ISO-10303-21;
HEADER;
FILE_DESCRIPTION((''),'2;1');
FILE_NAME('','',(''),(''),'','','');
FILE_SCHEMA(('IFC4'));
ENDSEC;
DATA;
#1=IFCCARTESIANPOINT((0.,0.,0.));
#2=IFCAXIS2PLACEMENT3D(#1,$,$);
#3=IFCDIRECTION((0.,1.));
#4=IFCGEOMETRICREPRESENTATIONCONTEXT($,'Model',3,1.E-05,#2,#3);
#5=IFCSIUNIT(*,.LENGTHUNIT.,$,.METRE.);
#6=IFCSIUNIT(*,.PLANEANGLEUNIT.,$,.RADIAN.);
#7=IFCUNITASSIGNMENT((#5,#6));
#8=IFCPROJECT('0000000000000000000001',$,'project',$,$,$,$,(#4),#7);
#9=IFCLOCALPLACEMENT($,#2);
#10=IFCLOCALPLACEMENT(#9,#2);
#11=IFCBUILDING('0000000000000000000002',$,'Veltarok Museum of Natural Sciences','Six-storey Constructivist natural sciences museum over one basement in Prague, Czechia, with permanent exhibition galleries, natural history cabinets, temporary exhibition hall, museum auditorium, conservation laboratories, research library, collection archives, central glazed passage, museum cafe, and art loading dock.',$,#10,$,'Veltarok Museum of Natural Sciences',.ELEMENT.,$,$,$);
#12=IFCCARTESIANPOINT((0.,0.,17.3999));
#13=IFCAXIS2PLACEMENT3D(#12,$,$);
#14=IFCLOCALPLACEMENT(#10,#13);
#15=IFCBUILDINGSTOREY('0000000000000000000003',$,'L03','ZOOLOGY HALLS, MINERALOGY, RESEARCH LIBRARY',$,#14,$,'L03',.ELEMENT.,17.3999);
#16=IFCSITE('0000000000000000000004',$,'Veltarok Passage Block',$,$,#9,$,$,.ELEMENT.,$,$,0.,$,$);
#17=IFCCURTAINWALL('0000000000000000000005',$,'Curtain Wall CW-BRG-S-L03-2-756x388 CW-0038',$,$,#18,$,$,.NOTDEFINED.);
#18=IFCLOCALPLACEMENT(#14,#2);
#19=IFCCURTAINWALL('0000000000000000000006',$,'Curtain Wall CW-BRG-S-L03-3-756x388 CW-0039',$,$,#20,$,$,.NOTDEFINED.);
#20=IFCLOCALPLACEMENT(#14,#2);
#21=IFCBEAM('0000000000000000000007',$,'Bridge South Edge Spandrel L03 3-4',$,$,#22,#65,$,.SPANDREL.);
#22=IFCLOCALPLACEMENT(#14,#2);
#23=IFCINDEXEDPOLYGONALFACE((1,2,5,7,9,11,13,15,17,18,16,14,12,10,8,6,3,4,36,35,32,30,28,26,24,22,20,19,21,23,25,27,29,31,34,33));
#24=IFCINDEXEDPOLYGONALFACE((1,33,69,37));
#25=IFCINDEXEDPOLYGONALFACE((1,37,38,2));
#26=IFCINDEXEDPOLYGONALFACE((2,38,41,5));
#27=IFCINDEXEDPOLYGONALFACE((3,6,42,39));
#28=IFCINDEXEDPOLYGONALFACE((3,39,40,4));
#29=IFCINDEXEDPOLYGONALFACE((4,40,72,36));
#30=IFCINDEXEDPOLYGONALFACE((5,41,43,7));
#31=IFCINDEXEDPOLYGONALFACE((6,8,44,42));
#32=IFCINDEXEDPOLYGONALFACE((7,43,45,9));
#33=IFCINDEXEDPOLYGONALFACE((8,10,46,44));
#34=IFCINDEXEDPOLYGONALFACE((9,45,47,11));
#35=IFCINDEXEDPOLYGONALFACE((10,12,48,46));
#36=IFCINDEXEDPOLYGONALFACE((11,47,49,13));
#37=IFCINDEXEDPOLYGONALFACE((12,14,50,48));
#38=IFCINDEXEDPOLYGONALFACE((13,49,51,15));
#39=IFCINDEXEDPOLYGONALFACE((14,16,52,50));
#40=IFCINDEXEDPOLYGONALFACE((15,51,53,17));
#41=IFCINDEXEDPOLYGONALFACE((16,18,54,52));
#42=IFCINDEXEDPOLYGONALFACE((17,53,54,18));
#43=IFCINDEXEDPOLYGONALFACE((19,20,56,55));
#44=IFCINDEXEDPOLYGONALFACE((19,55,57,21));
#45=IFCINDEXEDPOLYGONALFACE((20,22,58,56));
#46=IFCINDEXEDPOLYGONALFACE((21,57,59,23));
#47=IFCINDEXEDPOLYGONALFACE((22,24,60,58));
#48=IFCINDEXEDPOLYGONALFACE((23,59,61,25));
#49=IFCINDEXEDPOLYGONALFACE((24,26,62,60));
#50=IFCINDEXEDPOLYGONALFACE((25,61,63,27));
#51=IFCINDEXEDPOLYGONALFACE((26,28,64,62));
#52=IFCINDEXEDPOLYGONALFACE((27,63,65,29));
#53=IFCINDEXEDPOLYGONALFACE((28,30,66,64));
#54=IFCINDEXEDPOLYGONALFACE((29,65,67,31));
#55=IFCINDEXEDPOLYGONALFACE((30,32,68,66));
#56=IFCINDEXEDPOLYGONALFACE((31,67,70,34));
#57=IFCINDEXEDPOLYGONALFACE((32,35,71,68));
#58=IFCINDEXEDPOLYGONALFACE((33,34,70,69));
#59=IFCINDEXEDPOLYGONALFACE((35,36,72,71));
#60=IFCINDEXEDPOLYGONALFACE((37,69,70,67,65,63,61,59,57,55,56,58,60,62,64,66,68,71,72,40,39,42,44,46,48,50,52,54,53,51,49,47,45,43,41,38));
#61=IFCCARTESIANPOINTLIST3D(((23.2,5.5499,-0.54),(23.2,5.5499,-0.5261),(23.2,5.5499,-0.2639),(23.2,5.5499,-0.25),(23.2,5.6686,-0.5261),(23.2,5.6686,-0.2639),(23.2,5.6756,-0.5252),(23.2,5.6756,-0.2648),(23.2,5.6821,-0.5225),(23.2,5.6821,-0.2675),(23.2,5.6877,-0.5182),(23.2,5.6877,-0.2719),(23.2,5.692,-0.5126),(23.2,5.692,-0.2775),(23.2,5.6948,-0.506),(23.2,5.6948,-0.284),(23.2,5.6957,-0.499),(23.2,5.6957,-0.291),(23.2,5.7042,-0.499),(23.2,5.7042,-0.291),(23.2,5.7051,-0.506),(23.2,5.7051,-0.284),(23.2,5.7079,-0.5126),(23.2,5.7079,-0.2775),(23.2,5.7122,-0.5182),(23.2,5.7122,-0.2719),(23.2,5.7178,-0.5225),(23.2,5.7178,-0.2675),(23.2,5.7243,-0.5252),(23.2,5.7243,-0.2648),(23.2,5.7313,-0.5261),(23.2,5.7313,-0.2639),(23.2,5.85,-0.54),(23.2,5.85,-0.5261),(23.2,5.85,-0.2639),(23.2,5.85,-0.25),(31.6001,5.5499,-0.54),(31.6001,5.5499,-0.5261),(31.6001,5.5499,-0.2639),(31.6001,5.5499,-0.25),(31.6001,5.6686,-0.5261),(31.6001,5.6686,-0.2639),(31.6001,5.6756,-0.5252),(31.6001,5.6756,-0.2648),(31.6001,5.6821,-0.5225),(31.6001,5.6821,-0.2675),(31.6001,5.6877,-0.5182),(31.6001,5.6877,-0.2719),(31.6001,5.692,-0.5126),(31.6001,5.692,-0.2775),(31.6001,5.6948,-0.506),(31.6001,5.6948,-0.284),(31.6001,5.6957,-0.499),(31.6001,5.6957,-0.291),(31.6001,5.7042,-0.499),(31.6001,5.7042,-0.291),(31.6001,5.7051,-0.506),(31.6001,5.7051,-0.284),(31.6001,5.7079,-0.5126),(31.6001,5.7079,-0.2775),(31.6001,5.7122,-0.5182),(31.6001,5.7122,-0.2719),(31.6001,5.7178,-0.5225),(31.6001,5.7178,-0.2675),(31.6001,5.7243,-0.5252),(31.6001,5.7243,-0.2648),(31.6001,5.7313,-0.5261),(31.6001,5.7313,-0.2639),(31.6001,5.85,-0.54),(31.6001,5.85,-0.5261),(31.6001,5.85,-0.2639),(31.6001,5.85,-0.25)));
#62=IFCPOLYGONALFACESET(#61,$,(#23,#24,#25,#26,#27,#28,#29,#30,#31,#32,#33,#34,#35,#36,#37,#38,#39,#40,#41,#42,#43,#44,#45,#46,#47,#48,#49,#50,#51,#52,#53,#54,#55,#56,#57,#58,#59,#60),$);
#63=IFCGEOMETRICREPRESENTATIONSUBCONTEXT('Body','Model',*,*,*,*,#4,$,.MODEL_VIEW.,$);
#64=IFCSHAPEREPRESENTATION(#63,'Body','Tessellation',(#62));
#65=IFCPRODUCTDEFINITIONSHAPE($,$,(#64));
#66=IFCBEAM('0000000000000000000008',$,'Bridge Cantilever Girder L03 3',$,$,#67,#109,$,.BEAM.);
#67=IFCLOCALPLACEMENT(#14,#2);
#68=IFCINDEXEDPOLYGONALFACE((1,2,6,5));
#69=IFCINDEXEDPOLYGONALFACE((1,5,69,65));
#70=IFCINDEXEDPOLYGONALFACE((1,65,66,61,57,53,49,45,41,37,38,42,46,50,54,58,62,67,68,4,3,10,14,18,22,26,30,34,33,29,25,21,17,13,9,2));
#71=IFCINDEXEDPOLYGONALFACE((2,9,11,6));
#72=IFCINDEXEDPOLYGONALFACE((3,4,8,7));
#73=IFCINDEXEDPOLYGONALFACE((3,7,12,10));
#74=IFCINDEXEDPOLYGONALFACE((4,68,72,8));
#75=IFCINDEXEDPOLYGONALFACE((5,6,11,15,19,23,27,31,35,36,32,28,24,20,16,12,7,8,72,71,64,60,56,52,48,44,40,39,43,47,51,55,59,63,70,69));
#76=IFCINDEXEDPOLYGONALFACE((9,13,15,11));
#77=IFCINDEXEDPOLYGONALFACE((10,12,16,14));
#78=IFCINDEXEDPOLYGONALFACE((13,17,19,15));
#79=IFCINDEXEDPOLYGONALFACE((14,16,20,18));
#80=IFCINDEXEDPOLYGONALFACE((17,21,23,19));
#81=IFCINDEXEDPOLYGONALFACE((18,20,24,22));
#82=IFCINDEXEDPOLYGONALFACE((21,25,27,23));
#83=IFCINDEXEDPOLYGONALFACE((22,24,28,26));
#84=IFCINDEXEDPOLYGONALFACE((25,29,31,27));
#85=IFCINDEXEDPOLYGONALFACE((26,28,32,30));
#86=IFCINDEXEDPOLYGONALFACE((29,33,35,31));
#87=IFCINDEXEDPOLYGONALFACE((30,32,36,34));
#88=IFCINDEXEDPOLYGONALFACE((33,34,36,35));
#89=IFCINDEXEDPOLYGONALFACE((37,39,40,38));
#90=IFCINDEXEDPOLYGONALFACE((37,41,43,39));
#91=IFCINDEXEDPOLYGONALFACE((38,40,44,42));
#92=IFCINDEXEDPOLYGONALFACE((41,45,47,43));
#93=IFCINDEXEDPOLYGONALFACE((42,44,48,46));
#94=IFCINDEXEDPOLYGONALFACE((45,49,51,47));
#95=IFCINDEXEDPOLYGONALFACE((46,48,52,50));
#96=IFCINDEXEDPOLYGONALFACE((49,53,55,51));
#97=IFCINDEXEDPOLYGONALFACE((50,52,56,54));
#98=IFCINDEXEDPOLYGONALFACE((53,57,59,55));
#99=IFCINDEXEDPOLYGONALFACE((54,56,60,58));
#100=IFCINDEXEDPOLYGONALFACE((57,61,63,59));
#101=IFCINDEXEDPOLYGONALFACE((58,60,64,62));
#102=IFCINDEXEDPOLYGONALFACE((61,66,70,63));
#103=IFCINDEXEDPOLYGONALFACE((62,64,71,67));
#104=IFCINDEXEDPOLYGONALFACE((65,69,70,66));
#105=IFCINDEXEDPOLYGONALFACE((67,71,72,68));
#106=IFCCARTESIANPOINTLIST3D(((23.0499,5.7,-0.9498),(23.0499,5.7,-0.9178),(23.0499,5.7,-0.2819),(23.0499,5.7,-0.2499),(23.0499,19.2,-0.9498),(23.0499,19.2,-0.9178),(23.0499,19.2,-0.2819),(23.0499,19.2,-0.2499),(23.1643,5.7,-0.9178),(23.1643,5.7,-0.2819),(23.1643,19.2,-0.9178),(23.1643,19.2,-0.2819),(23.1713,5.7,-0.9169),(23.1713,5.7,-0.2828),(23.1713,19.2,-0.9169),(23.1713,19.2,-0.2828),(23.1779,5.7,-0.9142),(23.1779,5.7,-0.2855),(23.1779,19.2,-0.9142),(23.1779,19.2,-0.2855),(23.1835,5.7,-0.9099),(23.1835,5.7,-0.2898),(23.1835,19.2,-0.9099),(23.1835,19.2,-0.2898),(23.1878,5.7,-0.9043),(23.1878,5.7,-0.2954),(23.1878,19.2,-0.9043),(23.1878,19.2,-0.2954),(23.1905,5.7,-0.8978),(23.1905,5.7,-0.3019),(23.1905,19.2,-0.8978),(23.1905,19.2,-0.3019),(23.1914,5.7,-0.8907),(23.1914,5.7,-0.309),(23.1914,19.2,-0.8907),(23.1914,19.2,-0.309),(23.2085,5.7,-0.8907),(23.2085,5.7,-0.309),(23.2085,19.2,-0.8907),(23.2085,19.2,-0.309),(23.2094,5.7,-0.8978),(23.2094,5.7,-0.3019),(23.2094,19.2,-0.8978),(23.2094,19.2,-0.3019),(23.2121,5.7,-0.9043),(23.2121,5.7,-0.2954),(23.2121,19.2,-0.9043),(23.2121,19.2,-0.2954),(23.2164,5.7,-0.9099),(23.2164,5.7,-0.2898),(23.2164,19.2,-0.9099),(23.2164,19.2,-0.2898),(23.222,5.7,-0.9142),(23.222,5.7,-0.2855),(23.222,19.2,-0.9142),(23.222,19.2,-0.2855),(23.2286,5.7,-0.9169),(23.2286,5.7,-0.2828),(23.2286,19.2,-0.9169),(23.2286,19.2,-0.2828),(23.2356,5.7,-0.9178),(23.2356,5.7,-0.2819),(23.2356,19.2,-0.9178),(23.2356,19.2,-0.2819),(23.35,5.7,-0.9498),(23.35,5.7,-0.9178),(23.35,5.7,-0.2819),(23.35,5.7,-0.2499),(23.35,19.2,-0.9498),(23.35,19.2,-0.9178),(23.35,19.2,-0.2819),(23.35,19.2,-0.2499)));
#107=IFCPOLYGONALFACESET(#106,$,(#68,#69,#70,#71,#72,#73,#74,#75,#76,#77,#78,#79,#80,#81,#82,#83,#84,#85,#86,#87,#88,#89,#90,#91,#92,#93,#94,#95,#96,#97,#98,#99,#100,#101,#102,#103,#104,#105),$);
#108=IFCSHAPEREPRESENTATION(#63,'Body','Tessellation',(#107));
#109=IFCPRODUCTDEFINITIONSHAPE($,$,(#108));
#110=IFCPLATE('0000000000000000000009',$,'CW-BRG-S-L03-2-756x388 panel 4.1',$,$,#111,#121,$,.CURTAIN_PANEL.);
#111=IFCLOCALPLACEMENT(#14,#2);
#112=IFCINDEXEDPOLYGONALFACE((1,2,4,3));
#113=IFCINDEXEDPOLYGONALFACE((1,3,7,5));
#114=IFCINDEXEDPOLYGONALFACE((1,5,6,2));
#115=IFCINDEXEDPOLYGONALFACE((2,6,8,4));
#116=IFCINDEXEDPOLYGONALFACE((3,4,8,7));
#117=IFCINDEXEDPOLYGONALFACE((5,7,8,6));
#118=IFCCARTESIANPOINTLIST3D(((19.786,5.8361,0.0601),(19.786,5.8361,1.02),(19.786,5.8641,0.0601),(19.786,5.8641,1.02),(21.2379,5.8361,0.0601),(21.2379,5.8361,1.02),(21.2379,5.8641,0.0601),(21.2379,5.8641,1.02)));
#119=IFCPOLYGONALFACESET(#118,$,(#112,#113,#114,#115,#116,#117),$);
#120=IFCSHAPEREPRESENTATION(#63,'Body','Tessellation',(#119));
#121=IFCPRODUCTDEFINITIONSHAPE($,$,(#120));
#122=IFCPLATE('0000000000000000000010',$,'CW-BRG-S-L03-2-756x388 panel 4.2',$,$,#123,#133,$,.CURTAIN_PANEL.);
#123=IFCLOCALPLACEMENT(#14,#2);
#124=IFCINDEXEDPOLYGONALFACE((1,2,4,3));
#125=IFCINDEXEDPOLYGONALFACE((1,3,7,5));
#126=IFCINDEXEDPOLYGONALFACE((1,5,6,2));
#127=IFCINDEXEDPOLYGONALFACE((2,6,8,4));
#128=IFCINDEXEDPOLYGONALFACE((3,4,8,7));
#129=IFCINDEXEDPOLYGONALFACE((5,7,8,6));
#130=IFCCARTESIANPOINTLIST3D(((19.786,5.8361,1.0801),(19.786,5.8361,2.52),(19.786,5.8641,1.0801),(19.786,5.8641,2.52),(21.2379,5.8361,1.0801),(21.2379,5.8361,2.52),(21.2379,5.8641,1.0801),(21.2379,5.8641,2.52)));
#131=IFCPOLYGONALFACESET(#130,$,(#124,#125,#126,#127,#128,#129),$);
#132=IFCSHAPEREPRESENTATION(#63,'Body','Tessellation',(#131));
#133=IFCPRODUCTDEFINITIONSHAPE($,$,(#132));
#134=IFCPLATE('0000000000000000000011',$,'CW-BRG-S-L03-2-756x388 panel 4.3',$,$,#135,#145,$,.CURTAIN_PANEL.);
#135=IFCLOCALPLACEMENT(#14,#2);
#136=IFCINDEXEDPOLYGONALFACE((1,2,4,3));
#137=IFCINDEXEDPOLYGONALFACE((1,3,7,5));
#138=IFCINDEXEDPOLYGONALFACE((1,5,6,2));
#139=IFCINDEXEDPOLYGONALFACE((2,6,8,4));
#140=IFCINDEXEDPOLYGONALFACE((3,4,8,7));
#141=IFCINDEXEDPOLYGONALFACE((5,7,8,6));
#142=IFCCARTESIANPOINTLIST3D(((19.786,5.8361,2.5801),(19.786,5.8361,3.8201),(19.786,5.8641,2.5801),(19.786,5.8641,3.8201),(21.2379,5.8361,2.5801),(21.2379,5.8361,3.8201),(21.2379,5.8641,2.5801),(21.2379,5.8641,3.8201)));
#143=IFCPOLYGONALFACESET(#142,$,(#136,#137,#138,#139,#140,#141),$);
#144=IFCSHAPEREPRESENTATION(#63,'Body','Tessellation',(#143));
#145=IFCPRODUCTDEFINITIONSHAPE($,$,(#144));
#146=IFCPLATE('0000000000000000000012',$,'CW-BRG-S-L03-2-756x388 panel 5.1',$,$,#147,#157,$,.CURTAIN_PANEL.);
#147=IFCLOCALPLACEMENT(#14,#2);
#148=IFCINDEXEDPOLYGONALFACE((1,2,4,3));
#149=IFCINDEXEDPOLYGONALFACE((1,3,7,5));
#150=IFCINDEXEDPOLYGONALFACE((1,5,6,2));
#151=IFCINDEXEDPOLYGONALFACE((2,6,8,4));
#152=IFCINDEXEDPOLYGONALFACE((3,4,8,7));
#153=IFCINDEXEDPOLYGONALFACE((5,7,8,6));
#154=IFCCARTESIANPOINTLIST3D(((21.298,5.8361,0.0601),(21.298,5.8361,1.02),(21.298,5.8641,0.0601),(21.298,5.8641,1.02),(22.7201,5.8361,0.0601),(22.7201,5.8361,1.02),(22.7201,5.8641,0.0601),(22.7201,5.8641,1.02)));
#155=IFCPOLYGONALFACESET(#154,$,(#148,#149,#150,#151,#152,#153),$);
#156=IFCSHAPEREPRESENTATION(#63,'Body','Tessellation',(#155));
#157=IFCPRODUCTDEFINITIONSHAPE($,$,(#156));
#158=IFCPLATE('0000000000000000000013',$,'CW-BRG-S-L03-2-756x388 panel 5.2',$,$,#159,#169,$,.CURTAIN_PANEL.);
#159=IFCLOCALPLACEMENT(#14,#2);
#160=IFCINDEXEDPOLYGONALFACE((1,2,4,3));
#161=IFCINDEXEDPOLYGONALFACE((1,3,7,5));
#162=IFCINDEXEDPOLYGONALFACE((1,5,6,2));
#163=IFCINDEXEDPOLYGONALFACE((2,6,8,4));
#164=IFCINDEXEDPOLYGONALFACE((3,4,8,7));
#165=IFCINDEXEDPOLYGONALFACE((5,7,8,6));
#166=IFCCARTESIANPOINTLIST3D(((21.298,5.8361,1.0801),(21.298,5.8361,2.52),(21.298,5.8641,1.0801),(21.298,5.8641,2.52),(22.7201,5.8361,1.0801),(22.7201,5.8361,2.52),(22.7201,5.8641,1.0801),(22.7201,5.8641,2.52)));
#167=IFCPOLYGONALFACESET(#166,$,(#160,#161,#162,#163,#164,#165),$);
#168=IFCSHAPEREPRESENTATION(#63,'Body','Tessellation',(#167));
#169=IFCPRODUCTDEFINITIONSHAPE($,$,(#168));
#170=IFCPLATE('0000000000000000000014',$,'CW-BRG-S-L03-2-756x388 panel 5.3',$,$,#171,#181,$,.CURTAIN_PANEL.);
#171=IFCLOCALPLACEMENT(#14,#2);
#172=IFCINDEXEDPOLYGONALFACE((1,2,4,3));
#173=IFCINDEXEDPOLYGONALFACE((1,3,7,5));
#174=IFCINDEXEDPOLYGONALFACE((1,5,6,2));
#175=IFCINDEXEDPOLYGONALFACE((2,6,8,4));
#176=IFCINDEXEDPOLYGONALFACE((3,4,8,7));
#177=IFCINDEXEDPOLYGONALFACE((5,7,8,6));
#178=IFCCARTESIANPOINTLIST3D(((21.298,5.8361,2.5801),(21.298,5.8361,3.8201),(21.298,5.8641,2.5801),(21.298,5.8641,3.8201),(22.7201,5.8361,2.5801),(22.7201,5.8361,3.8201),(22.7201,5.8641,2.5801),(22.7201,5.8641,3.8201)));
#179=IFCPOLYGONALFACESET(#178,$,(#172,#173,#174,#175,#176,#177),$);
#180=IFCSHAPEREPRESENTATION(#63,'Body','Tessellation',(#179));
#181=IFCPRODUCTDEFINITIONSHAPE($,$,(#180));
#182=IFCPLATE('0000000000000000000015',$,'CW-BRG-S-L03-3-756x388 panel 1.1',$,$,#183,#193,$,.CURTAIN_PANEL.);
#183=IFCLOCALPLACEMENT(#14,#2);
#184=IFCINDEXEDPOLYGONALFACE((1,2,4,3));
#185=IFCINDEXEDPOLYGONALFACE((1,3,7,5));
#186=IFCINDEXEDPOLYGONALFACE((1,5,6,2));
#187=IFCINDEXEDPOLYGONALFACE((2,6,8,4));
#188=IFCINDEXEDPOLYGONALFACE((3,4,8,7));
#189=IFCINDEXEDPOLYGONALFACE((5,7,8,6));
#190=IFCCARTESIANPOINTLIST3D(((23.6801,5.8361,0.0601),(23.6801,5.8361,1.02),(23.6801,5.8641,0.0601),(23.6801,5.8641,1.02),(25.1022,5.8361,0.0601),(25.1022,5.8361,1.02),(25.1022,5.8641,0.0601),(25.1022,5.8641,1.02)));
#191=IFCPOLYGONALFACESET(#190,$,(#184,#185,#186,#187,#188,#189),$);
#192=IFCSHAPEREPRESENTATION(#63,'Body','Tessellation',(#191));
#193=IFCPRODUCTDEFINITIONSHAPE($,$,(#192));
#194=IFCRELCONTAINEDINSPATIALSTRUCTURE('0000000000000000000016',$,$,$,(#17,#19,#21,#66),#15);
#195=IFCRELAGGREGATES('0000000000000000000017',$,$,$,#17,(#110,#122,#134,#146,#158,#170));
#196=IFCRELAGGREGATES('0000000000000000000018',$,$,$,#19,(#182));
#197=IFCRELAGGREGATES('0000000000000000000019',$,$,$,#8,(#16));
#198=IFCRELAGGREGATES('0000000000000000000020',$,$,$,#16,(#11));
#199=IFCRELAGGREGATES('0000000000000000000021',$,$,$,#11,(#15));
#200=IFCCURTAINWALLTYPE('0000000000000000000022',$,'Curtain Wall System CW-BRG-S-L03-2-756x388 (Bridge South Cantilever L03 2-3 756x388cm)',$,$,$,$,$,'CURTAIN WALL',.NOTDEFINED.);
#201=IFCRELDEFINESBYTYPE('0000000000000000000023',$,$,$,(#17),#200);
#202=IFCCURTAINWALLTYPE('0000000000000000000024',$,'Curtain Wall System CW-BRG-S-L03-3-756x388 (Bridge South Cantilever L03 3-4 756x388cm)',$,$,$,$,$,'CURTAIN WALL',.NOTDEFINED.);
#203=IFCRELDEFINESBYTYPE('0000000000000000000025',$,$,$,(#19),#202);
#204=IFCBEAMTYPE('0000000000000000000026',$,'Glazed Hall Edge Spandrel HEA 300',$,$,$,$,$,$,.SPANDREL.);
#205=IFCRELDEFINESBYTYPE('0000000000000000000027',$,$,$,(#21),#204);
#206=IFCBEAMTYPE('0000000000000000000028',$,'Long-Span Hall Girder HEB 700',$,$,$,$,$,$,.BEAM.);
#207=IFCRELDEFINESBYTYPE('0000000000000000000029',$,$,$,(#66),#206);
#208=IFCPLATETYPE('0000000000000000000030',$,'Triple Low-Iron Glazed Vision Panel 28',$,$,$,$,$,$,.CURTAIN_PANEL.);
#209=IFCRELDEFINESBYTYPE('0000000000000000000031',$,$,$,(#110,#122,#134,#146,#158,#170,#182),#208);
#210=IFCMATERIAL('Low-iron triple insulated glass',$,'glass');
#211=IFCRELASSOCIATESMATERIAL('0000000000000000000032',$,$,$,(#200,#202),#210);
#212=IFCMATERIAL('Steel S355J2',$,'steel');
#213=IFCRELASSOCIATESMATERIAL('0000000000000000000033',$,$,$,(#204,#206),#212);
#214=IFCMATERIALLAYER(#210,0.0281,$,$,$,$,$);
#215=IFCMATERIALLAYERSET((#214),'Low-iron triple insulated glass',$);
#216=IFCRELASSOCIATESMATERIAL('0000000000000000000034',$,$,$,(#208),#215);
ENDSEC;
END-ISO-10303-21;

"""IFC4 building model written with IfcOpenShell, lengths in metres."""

from ifc_helpers import new_model, si_unit, direction, frame, origin, origin_2d, place, context, subcontext, project, spatial, rectangle, i_section, extrude, material, layer, layer_set, material_profile, profile_set, type_object, element, aggregate, save


model = new_model("IFC4")

# Units and contexts
model_context = context("Model", 3, precision=1e-05, world=origin(), true_north=direction((0.0, 1.0)))
body_context = subcontext(model_context, "Body", "Model", "MODEL_VIEW")
ifc_project = project(units=[si_unit("LENGTHUNIT", "METRE"), si_unit("PLANEANGLEUNIT", "RADIAN")], contexts=[model_context])

# Site, building, storey
site_placement = place(None, origin())
site = spatial("IfcSite", under=ifc_project, at=site_placement, Name="Veltarok Passage Block", CompositionType="ELEMENT", RefElevation=0.0)
building_placement = place(site_placement, origin())
building = spatial("IfcBuilding", under=site, at=building_placement, Name="Veltarok Museum of Natural Sciences", Description="Six-storey Constructivist natural sciences museum over one basement in Prague, Czechia, with permanent exhibition galleries, natural history cabinets, temporary exhibition hall, museum auditorium, conservation laboratories, research library, collection archives, central glazed passage, museum cafe, and art loading dock.", LongName="Veltarok Museum of Natural Sciences", CompositionType="ELEMENT")
storey_placement = place(building_placement, frame((0.0, 0.0, 17.3999)))
storey = spatial("IfcBuildingStorey", under=building, at=storey_placement, Name="L03", Description="ZOOLOGY HALLS, MINERALOGY, RESEARCH LIBRARY", LongName="L03", CompositionType="ELEMENT", Elevation=17.3999)

# Shared definitions
ifc_material_1 = material(Name="Steel S355J2", Category="steel")

# Curtain walls
ifc_material_2 = material(Name="Low-iron triple insulated glass", Category="glass")
curtain_wall_type_1 = type_object("IfcCurtainWallType", Name="Curtain Wall System CW-BRG-S-L03-2-756x388 (Bridge South Cantilever L03 2-3 756x388cm)", ElementType="CURTAIN WALL", PredefinedType="NOTDEFINED", material=ifc_material_2)
curtain_wall_1_placement = place(storey_placement, origin())
curtain_wall_1 = element("IfcCurtainWall", 1, at=curtain_wall_1_placement, inside=storey, type_object=curtain_wall_type_1, Name="Curtain Wall CW-BRG-S-L03-2-756x388 CW-0038", PredefinedType="NOTDEFINED")
curtain_wall_type_2 = type_object("IfcCurtainWallType", Name="Curtain Wall System CW-BRG-S-L03-3-756x388 (Bridge South Cantilever L03 3-4 756x388cm)", ElementType="CURTAIN WALL", PredefinedType="NOTDEFINED", material=ifc_material_2)
curtain_wall_2_placement = place(storey_placement, origin())
curtain_wall_2 = element("IfcCurtainWall", 2, at=curtain_wall_2_placement, inside=storey, type_object=curtain_wall_type_2, Name="Curtain Wall CW-BRG-S-L03-3-756x388 CW-0039", PredefinedType="NOTDEFINED")

# Beams
ifc_material_profile_1 = material_profile(ifc_material_1, i_section(OverallWidth=0.3, OverallDepth=0.29, WebThickness=0.0085, FlangeThickness=0.0139, FilletRadius=0.0271, at=origin_2d()), Name="HEA 300")
ifc_profile_set_1 = profile_set([ifc_material_profile_1], Name="Steel S355J2")
beam_type_1 = type_object("IfcBeamType", Name="Glazed Hall Edge Spandrel HEA 300", PredefinedType="SPANDREL", material=ifc_profile_set_1)
beam_1_placement = place(storey_placement, frame((23.2, 5.7, -0.395), z_axis=(1.0, 0.0, 0.0), x_axis=(0.0, 1.0, 0.0)))
element("IfcBeam", 3, at=beam_1_placement, inside=storey, type_object=beam_type_1, Name="Bridge South Edge Spandrel L03 3-4", PredefinedType="SPANDREL", context=body_context, shape_type="SweptSolid", body=[
    extrude(i_section(OverallWidth=0.3, OverallDepth=0.29, WebThickness=0.0085, FlangeThickness=0.0139, FilletRadius=0.0271, at=origin_2d()), origin(), (0.0, 0.0, 1.0), 8.4001),
])
ifc_material_profile_2 = material_profile(ifc_material_1, i_section(OverallWidth=0.3, OverallDepth=0.7, WebThickness=0.0171, FlangeThickness=0.032, FilletRadius=0.0271, at=origin_2d()), Name="HEB 700")
ifc_profile_set_2 = profile_set([ifc_material_profile_2], Name="Steel S355J2")
beam_type_2 = type_object("IfcBeamType", Name="Long-Span Hall Girder HEB 700", PredefinedType="BEAM", material=ifc_profile_set_2)
beam_2_placement = place(storey_placement, frame((23.2, 5.7, -0.5999), z_axis=(0.0, 1.0, 0.0), x_axis=(-1.0, 0.0, 0.0)))
element("IfcBeam", 4, at=beam_2_placement, inside=storey, type_object=beam_type_2, Name="Bridge Cantilever Girder L03 3", PredefinedType="BEAM", context=body_context, shape_type="SweptSolid", body=[
    extrude(i_section(OverallWidth=0.3, OverallDepth=0.7, WebThickness=0.0171, FlangeThickness=0.032, FilletRadius=0.0271, at=origin_2d()), origin(), (0.0, 0.0, 1.0), 13.5),
])

# Plates
ifc_layer = layer(ifc_material_2, 0.0281)
ifc_layer_set = layer_set([ifc_layer], Name="Low-iron triple insulated glass")
plate_type = type_object("IfcPlateType", Name="Triple Low-Iron Glazed Vision Panel 28", PredefinedType="CURTAIN_PANEL", material=ifc_layer_set)
plate_1_placement = place(storey_placement, frame((20.512, 5.8501, 0.0601), z_axis=(0.0, 0.0, 1.0), x_axis=(1.0, 0.0, 0.0)))
plate_1 = element("IfcPlate", 5, at=plate_1_placement, type_object=plate_type, Name="CW-BRG-S-L03-2-756x388 panel 4.1", PredefinedType="CURTAIN_PANEL", context=body_context, shape_type="SweptSolid", body=[
    extrude(rectangle(XDim=1.4519, YDim=0.0281, at=origin_2d()), origin(), (0.0, 0.0, 1.0), 0.96),
])
plate_2_placement = place(storey_placement, frame((20.512, 5.8501, 1.0801), z_axis=(0.0, 0.0, 1.0), x_axis=(1.0, 0.0, 0.0)))
plate_2 = element("IfcPlate", 6, at=plate_2_placement, type_object=plate_type, Name="CW-BRG-S-L03-2-756x388 panel 4.2", PredefinedType="CURTAIN_PANEL", context=body_context, shape_type="SweptSolid", body=[
    extrude(rectangle(XDim=1.4519, YDim=0.0281, at=origin_2d()), origin(), (0.0, 0.0, 1.0), 1.4399),
])
plate_3_placement = place(storey_placement, frame((20.512, 5.8501, 2.5801), z_axis=(0.0, 0.0, 1.0), x_axis=(1.0, 0.0, 0.0)))
plate_3 = element("IfcPlate", 7, at=plate_3_placement, type_object=plate_type, Name="CW-BRG-S-L03-2-756x388 panel 4.3", PredefinedType="CURTAIN_PANEL", context=body_context, shape_type="SweptSolid", body=[
    extrude(rectangle(XDim=1.4519, YDim=0.0281, at=origin_2d()), origin(), (0.0, 0.0, 1.0), 1.24),
])
plate_4_placement = place(storey_placement, frame((22.009, 5.8501, 0.0601), z_axis=(0.0, 0.0, 1.0), x_axis=(1.0, 0.0, 0.0)))
plate_4 = element("IfcPlate", 8, at=plate_4_placement, type_object=plate_type, Name="CW-BRG-S-L03-2-756x388 panel 5.1", PredefinedType="CURTAIN_PANEL", context=body_context, shape_type="SweptSolid", body=[
    extrude(rectangle(XDim=1.4221, YDim=0.0281, at=origin_2d()), origin(), (0.0, 0.0, 1.0), 0.96),
])
plate_5_placement = place(storey_placement, frame((22.009, 5.8501, 1.0801), z_axis=(0.0, 0.0, 1.0), x_axis=(1.0, 0.0, 0.0)))
plate_5 = element("IfcPlate", 9, at=plate_5_placement, type_object=plate_type, Name="CW-BRG-S-L03-2-756x388 panel 5.2", PredefinedType="CURTAIN_PANEL", context=body_context, shape_type="SweptSolid", body=[
    extrude(rectangle(XDim=1.4221, YDim=0.0281, at=origin_2d()), origin(), (0.0, 0.0, 1.0), 1.4399),
])
plate_6_placement = place(storey_placement, frame((22.009, 5.8501, 2.5801), z_axis=(0.0, 0.0, 1.0), x_axis=(1.0, 0.0, 0.0)))
plate_6 = element("IfcPlate", 10, at=plate_6_placement, type_object=plate_type, Name="CW-BRG-S-L03-2-756x388 panel 5.3", PredefinedType="CURTAIN_PANEL", context=body_context, shape_type="SweptSolid", body=[
    extrude(rectangle(XDim=1.4221, YDim=0.0281, at=origin_2d()), origin(), (0.0, 0.0, 1.0), 1.24),
])
aggregate(curtain_wall_1, [plate_1, plate_2, plate_3, plate_4, plate_5, plate_6])
plate_7_placement = place(storey_placement, frame((24.3911, 5.8501, 0.0601), z_axis=(0.0, 0.0, 1.0), x_axis=(1.0, 0.0, 0.0)))
plate_7 = element("IfcPlate", 11, at=plate_7_placement, type_object=plate_type, Name="CW-BRG-S-L03-3-756x388 panel 1.1", PredefinedType="CURTAIN_PANEL", context=body_context, shape_type="SweptSolid", body=[
    extrude(rectangle(XDim=1.4221, YDim=0.0281, at=origin_2d()), origin(), (0.0, 0.0, 1.0), 0.96),
])
aggregate(curtain_wall_2, [plate_7])

save(model, "model.ifc")
